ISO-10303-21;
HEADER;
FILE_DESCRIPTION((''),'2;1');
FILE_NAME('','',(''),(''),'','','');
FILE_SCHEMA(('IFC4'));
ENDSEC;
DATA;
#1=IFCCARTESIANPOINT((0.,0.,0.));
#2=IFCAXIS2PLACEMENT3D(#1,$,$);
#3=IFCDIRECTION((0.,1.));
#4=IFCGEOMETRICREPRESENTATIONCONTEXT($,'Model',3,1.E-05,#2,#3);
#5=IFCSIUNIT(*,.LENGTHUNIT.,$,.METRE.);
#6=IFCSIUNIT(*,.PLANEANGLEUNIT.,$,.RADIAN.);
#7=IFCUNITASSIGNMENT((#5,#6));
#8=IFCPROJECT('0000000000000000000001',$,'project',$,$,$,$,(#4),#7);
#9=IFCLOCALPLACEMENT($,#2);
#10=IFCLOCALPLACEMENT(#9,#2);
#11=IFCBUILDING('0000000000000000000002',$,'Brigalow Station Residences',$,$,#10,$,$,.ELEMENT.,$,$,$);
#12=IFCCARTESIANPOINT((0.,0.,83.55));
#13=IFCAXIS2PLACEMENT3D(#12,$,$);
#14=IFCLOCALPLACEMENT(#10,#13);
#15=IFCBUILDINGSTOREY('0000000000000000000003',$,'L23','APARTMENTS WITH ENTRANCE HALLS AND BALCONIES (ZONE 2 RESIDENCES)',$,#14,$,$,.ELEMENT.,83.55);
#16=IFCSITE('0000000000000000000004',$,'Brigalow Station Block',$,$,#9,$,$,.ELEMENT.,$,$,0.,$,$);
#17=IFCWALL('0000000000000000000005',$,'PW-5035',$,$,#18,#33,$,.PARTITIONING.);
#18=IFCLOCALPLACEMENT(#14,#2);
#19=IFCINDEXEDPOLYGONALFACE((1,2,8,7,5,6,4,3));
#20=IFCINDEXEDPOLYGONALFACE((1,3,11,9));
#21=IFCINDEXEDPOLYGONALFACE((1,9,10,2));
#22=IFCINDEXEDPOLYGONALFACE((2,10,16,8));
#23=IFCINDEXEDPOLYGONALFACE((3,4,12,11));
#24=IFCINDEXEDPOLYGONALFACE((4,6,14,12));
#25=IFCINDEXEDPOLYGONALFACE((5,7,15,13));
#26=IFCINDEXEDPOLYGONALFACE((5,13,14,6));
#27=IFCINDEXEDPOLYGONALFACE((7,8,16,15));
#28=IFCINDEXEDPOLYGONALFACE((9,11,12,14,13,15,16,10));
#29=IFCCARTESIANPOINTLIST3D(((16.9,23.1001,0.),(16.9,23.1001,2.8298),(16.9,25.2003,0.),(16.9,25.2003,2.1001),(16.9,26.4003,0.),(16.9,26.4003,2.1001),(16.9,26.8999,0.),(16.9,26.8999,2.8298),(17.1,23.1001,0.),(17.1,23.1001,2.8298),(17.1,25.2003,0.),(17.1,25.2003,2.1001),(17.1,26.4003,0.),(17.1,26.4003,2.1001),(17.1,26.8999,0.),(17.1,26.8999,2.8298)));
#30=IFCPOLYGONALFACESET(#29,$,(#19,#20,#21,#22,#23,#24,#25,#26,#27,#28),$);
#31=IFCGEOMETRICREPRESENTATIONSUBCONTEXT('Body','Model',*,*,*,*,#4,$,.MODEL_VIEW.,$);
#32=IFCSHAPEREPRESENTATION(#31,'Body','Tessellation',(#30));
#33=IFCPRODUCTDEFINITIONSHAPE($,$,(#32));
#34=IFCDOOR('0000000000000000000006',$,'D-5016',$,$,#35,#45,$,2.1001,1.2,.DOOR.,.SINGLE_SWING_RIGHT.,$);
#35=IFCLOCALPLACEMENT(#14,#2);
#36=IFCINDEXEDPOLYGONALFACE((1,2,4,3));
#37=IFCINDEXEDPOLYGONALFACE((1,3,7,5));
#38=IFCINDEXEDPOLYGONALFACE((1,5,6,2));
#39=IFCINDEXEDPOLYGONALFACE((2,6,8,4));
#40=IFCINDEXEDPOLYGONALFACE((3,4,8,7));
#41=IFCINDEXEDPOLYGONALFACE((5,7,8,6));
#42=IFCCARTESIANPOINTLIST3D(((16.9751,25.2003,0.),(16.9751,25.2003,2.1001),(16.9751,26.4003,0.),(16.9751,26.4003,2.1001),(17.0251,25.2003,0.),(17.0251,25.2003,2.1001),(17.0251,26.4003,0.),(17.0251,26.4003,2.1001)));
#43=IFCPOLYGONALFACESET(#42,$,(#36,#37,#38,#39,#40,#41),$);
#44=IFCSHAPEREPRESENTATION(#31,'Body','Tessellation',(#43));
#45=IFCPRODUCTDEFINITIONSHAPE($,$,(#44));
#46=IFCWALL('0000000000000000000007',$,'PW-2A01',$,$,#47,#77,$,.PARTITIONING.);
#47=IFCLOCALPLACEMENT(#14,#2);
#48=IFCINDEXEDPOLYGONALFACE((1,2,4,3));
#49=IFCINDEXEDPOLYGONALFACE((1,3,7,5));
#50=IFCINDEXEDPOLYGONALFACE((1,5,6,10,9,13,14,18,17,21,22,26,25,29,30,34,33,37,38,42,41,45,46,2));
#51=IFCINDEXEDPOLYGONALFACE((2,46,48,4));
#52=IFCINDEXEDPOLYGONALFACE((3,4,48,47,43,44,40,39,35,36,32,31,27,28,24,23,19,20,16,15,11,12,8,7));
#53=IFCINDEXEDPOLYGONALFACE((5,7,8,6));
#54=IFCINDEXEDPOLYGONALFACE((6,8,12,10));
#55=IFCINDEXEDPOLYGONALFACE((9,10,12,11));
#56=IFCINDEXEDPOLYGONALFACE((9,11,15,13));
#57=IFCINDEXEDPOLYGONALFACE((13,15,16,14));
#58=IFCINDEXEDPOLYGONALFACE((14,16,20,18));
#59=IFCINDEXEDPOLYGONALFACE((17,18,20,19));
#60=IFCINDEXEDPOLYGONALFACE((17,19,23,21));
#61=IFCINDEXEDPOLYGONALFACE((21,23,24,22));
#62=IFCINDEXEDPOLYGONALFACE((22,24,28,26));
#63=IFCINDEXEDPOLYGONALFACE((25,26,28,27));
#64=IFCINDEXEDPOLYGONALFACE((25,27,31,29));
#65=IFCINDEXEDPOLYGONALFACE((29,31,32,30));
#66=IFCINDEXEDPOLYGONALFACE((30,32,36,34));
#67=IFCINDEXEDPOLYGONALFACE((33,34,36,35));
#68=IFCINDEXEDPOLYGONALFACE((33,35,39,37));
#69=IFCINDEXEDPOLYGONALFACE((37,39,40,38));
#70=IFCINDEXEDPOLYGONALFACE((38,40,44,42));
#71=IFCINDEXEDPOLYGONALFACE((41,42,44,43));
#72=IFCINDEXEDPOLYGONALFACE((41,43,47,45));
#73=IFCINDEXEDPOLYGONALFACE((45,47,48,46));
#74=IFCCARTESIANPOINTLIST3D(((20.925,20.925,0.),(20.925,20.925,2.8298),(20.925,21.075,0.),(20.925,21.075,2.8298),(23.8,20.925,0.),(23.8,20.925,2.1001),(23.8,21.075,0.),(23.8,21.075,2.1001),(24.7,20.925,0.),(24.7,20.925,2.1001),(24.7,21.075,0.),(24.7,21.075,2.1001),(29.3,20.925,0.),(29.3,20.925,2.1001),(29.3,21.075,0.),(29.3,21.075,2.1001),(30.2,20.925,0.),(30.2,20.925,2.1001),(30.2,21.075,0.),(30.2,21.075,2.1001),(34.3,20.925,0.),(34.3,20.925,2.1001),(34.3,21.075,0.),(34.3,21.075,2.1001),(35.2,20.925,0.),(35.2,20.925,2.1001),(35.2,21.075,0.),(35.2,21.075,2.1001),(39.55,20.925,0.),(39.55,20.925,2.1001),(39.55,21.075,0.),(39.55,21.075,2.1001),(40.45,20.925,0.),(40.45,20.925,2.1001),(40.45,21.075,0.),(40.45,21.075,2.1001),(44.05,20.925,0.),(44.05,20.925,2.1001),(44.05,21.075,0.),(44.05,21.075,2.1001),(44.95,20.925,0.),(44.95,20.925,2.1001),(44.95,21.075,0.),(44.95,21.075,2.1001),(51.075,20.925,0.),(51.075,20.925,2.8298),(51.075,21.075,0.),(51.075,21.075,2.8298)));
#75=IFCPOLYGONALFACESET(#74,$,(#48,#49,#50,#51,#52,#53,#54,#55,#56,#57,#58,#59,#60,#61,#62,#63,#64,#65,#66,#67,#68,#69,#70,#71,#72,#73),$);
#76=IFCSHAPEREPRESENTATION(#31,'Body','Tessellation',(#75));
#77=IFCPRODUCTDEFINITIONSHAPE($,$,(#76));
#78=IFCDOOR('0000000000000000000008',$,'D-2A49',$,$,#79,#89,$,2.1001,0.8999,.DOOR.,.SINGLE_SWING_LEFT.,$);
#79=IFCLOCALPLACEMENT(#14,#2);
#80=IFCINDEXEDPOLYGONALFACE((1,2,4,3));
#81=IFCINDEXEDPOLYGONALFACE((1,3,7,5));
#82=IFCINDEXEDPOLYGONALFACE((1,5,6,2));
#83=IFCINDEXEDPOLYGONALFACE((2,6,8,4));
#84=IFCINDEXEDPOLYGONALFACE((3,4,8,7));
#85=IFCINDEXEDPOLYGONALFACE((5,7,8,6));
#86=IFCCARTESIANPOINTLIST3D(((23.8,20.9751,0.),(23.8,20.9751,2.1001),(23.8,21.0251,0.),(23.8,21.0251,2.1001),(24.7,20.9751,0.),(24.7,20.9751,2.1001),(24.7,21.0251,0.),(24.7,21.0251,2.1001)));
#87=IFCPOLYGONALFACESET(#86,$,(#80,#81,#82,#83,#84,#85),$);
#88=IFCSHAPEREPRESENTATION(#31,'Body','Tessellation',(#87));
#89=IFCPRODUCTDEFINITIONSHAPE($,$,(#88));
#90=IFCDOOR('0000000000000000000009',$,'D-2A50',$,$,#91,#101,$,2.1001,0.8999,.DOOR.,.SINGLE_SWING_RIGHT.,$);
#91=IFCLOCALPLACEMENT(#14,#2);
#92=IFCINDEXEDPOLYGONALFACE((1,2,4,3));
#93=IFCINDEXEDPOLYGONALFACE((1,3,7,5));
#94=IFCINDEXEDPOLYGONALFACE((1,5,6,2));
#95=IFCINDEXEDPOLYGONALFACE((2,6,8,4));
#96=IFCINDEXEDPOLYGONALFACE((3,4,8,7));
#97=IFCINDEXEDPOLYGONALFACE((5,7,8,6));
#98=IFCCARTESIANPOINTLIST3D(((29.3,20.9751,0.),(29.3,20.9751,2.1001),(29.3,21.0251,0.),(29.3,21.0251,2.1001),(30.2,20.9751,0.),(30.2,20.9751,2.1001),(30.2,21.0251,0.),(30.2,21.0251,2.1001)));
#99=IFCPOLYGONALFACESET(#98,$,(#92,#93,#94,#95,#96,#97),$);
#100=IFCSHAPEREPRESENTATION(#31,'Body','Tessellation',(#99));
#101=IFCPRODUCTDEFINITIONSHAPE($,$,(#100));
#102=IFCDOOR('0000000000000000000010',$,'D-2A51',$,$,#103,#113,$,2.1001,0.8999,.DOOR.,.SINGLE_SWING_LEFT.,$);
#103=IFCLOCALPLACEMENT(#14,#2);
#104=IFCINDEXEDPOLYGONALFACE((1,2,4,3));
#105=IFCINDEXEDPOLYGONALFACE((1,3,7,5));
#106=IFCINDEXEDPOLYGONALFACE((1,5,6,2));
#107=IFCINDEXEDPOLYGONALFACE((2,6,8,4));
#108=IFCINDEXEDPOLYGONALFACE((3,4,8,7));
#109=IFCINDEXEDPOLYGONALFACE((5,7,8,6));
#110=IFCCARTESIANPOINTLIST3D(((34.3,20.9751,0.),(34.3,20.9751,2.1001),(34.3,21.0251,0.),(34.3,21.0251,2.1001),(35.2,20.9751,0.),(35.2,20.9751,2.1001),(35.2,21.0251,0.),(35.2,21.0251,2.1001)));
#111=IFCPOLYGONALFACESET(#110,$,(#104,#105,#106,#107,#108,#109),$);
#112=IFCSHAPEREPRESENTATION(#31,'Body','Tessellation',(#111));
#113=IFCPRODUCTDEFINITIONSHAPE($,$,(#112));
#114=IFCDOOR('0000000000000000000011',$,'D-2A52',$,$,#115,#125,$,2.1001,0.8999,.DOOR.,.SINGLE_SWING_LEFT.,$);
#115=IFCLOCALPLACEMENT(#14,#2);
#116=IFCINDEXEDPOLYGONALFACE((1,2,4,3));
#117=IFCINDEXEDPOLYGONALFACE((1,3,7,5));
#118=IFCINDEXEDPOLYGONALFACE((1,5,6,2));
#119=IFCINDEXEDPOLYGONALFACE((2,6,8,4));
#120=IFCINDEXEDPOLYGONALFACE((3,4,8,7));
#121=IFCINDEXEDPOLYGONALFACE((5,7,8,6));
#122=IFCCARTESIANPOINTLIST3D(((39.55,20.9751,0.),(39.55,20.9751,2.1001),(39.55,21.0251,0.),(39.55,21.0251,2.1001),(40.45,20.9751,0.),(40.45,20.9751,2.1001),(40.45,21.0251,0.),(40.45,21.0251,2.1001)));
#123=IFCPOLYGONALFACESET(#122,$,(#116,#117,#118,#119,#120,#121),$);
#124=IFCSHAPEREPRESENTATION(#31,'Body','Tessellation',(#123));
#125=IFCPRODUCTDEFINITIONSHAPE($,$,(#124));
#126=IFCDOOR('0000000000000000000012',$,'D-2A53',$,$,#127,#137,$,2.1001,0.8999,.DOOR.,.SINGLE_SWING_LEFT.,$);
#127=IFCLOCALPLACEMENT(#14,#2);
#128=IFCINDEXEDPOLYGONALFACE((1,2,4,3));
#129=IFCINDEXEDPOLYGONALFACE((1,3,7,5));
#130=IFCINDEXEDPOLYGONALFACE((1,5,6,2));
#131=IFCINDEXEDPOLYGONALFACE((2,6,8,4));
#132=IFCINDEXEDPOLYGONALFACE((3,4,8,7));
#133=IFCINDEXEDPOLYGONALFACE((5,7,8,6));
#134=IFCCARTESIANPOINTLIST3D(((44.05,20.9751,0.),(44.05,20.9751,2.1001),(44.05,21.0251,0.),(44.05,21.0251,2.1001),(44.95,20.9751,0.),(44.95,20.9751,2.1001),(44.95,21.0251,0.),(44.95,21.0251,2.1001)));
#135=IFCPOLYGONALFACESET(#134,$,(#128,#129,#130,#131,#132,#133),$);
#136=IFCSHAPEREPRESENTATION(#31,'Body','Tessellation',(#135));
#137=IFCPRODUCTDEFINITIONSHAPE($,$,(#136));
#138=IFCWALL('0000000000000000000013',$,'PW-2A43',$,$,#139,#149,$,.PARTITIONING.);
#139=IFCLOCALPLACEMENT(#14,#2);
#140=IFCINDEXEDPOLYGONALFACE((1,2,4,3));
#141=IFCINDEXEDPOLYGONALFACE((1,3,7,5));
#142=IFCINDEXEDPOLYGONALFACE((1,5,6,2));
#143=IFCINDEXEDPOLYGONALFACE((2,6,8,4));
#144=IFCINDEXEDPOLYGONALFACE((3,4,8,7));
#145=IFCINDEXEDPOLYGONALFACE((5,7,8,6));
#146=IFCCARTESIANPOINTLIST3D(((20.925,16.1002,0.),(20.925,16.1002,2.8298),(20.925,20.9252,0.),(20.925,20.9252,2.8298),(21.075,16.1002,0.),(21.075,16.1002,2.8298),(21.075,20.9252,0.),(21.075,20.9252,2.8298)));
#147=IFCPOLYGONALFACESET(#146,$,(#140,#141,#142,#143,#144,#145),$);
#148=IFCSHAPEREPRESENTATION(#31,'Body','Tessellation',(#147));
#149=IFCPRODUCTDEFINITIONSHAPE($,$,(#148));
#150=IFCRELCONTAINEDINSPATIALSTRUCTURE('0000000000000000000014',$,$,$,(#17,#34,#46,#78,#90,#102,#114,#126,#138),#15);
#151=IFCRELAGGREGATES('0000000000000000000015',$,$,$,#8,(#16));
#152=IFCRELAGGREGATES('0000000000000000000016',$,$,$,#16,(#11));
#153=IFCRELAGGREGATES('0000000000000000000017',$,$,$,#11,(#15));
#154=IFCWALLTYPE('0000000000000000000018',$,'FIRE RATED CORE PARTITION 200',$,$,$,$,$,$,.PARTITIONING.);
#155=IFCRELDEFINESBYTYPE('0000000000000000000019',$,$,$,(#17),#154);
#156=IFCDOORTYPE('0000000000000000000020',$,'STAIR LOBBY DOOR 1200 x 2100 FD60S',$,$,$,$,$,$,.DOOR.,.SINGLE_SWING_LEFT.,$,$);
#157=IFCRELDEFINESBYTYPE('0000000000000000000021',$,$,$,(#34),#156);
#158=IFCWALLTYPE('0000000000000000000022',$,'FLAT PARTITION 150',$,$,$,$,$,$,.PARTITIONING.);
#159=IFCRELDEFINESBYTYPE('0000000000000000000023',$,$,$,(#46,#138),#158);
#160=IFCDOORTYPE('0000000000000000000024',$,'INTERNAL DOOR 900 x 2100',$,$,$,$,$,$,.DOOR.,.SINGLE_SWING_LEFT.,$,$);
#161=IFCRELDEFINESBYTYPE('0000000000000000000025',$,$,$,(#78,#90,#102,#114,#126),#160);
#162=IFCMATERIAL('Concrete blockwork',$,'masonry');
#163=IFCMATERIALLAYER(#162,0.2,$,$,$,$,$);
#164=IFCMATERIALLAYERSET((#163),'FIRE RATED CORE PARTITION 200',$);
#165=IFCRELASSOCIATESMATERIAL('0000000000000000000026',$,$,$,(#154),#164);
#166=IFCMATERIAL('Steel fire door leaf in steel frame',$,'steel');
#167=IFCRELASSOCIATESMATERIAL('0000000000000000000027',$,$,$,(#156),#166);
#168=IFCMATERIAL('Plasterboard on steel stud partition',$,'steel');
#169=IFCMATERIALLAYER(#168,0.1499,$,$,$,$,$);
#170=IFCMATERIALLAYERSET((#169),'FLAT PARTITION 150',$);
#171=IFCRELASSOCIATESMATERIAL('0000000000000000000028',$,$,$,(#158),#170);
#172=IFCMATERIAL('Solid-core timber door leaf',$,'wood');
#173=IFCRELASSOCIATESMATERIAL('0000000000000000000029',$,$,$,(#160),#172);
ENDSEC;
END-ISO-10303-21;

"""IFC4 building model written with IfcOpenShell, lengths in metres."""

from ifc_helpers import new_model, si_unit, direction, frame, frame_2d, origin, place, context, subcontext, project, spatial, rectangle, extrude, material, layer, layer_set, type_object, element, fill, save


model = new_model("IFC4")

# Units and contexts
model_context = context("Model", 3, precision=1e-05, world=origin(), true_north=direction((0.0, 1.0)))
body_context = subcontext(model_context, "Body", "Model", "MODEL_VIEW")
ifc_project = project(units=[si_unit("LENGTHUNIT", "METRE"), si_unit("PLANEANGLEUNIT", "RADIAN")], contexts=[model_context])

# Site, building, storey
site_placement = place(None, origin())
site = spatial("IfcSite", under=ifc_project, at=site_placement, Name="Brigalow Station Block", CompositionType="ELEMENT", RefElevation=0.0)
building_placement = place(site_placement, origin())
building = spatial("IfcBuilding", under=site, at=building_placement, Name="Brigalow Station Residences", CompositionType="ELEMENT")
storey_placement = place(building_placement, frame((0.0, 0.0, 83.55)))
storey = spatial("IfcBuildingStorey", under=building, at=storey_placement, Name="L23", Description="APARTMENTS WITH ENTRANCE HALLS AND BALCONIES (ZONE 2 RESIDENCES)", CompositionType="ELEMENT", Elevation=83.55)

# Shared definitions
ifc_material_1 = material(Name="Concrete blockwork", Category="masonry")
ifc_layer_1 = layer(ifc_material_1, 0.2)
ifc_layer_set_1 = layer_set([ifc_layer_1], Name="FIRE RATED CORE PARTITION 200")
wall_type_1 = type_object("IfcWallType", Name="FIRE RATED CORE PARTITION 200", PredefinedType="PARTITIONING", material=ifc_layer_set_1)

# Wall, opening, door
wall_1_placement = place(storey_placement, frame((17.0, 23.1001, 0.0), z_axis=(0.0, 0.0, 1.0), x_axis=(0.0, 1.0, 0.0)))
wall_1 = element("IfcWall", 1, at=wall_1_placement, inside=storey, type_object=wall_type_1, Name="PW-5035", PredefinedType="PARTITIONING", context=body_context, shape_type="SweptSolid", body=[
    extrude(rectangle(XDim=3.7998, YDim=0.2, at=frame_2d((1.8999, 0.0))), origin(), (0.0, 0.0, 1.0), 2.8298),
])
opening_1_placement = place(wall_1_placement, frame((2.1001, 0.0, 0.0)))
opening_1 = element("IfcOpeningElement", 2, at=opening_1_placement, cuts=wall_1, PredefinedType="OPENING", context=body_context, shape_type="SweptSolid", body=[
    extrude(rectangle(XDim=1.2, YDim=2.1001, at=frame_2d((0.6001, 1.05))), frame((0.0, 0.1099, 0.0), z_axis=(0.0, -1.0, 0.0), x_axis=(1.0, 0.0, 0.0)), (0.0, 0.0, 1.0), 0.22),
])
ifc_material_2 = material(Name="Steel fire door leaf in steel frame", Category="steel")
door_type_1 = type_object("IfcDoorType", Name="STAIR LOBBY DOOR 1200 x 2100 FD60S", OperationType="SINGLE_SWING_LEFT", PredefinedType="DOOR", material=ifc_material_2)
door_1_placement = place(opening_1_placement, origin())
door_1 = element("IfcDoor", 3, at=door_1_placement, inside=storey, type_object=door_type_1, Name="D-5016", OperationType="SINGLE_SWING_RIGHT", OverallHeight=2.1001, OverallWidth=1.2, PredefinedType="DOOR", context=body_context, shape_type="SweptSolid", body=[
    extrude(rectangle(XDim=1.2, YDim=2.1001, at=frame_2d((0.6001, 1.05))), frame((0.0, 0.0249, 0.0), z_axis=(0.0, -1.0, 0.0), x_axis=(1.0, 0.0, 0.0)), (0.0, 0.0, 1.0), 0.05),
])
fill(opening_1, door_1)

# Wall, openings, doors
ifc_material_3 = material(Name="Plasterboard on steel stud partition", Category="steel")
ifc_layer_2 = layer(ifc_material_3, 0.1499)
ifc_layer_set_2 = layer_set([ifc_layer_2], Name="FLAT PARTITION 150")
wall_type_2 = type_object("IfcWallType", Name="FLAT PARTITION 150", PredefinedType="PARTITIONING", material=ifc_layer_set_2)
wall_2_placement = place(storey_placement, frame((20.925, 21.0, 0.0), z_axis=(0.0, 0.0, 1.0), x_axis=(1.0, 0.0, 0.0)))
wall_2 = element("IfcWall", 4, at=wall_2_placement, inside=storey, type_object=wall_type_2, Name="PW-2A01", PredefinedType="PARTITIONING", context=body_context, shape_type="SweptSolid", body=[
    extrude(rectangle(XDim=30.1499, YDim=0.1499, at=frame_2d((15.075, 0.0))), origin(), (0.0, 0.0, 1.0), 2.8298),
])
opening_2_placement = place(wall_2_placement, frame((2.875, 0.0, 0.0)))
opening_2 = element("IfcOpeningElement", 5, at=opening_2_placement, cuts=wall_2, PredefinedType="OPENING", context=body_context, shape_type="SweptSolid", body=[
    extrude(rectangle(XDim=0.8999, YDim=2.1001, at=frame_2d((0.45, 1.05))), frame((0.0, 0.085, 0.0), z_axis=(0.0, -1.0, 0.0), x_axis=(1.0, 0.0, 0.0)), (0.0, 0.0, 1.0), 0.1699),
])
opening_3_placement = place(wall_2_placement, frame((8.375, 0.0, 0.0)))
opening_3 = element("IfcOpeningElement", 6, at=opening_3_placement, cuts=wall_2, PredefinedType="OPENING", context=body_context, shape_type="SweptSolid", body=[
    extrude(rectangle(XDim=0.8999, YDim=2.1001, at=frame_2d((0.45, 1.05))), frame((0.0, 0.085, 0.0), z_axis=(0.0, -1.0, 0.0), x_axis=(1.0, 0.0, 0.0)), (0.0, 0.0, 1.0), 0.1699),
])
opening_4_placement = place(wall_2_placement, frame((13.375, 0.0, 0.0)))
opening_4 = element("IfcOpeningElement", 7, at=opening_4_placement, cuts=wall_2, PredefinedType="OPENING", context=body_context, shape_type="SweptSolid", body=[
    extrude(rectangle(XDim=0.8999, YDim=2.1001, at=frame_2d((0.45, 1.05))), frame((0.0, 0.085, 0.0), z_axis=(0.0, -1.0, 0.0), x_axis=(1.0, 0.0, 0.0)), (0.0, 0.0, 1.0), 0.1699),
])
opening_5_placement = place(wall_2_placement, frame((18.625, 0.0, 0.0)))
opening_5 = element("IfcOpeningElement", 8, at=opening_5_placement, cuts=wall_2, PredefinedType="OPENING", context=body_context, shape_type="SweptSolid", body=[
    extrude(rectangle(XDim=0.8999, YDim=2.1001, at=frame_2d((0.45, 1.05))), frame((0.0, 0.085, 0.0), z_axis=(0.0, -1.0, 0.0), x_axis=(1.0, 0.0, 0.0)), (0.0, 0.0, 1.0), 0.1699),
])
opening_6_placement = place(wall_2_placement, frame((23.125, 0.0, 0.0)))
opening_6 = element("IfcOpeningElement", 9, at=opening_6_placement, cuts=wall_2, PredefinedType="OPENING", context=body_context, shape_type="SweptSolid", body=[
    extrude(rectangle(XDim=0.8999, YDim=2.1001, at=frame_2d((0.45, 1.05))), frame((0.0, 0.085, 0.0), z_axis=(0.0, -1.0, 0.0), x_axis=(1.0, 0.0, 0.0)), (0.0, 0.0, 1.0), 0.1699),
])
ifc_material_4 = material(Name="Solid-core timber door leaf", Category="wood")
door_type_2 = type_object("IfcDoorType", Name="INTERNAL DOOR 900 x 2100", OperationType="SINGLE_SWING_LEFT", PredefinedType="DOOR", material=ifc_material_4)
door_2_placement = place(opening_2_placement, frame((0.8999, 0.0, 0.0), z_axis=(0.0, 0.0, 1.0), x_axis=(-1.0, 0.0, 0.0)))
door_2 = element("IfcDoor", 10, at=door_2_placement, inside=storey, type_object=door_type_2, Name="D-2A49", OperationType="SINGLE_SWING_LEFT", OverallHeight=2.1001, OverallWidth=0.8999, PredefinedType="DOOR", context=body_context, shape_type="SweptSolid", body=[
    extrude(rectangle(XDim=0.8999, YDim=2.1001, at=frame_2d((0.45, 1.05))), frame((0.0, 0.0249, 0.0), z_axis=(0.0, -1.0, 0.0), x_axis=(1.0, 0.0, 0.0)), (0.0, 0.0, 1.0), 0.05),
])
fill(opening_2, door_2)
door_3_placement = place(opening_3_placement, frame((0.8999, 0.0, 0.0), z_axis=(0.0, 0.0, 1.0), x_axis=(-1.0, 0.0, 0.0)))
door_3 = element("IfcDoor", 11, at=door_3_placement, inside=storey, type_object=door_type_2, Name="D-2A50", OperationType="SINGLE_SWING_RIGHT", OverallHeight=2.1001, OverallWidth=0.8999, PredefinedType="DOOR", context=body_context, shape_type="SweptSolid", body=[
    extrude(rectangle(XDim=0.8999, YDim=2.1001, at=frame_2d((0.45, 1.05))), frame((0.0, 0.0249, 0.0), z_axis=(0.0, -1.0, 0.0), x_axis=(1.0, 0.0, 0.0)), (0.0, 0.0, 1.0), 0.05),
])
fill(opening_3, door_3)
door_4_placement = place(opening_4_placement, frame((0.8999, 0.0, 0.0), z_axis=(0.0, 0.0, 1.0), x_axis=(-1.0, 0.0, 0.0)))
door_4 = element("IfcDoor", 12, at=door_4_placement, inside=storey, type_object=door_type_2, Name="D-2A51", OperationType="SINGLE_SWING_LEFT", OverallHeight=2.1001, OverallWidth=0.8999, PredefinedType="DOOR", context=body_context, shape_type="SweptSolid", body=[
    extrude(rectangle(XDim=0.8999, YDim=2.1001, at=frame_2d((0.45, 1.05))), frame((0.0, 0.0249, 0.0), z_axis=(0.0, -1.0, 0.0), x_axis=(1.0, 0.0, 0.0)), (0.0, 0.0, 1.0), 0.05),
])
fill(opening_4, door_4)
door_5_placement = place(opening_5_placement, frame((0.8999, 0.0, 0.0), z_axis=(0.0, 0.0, 1.0), x_axis=(-1.0, 0.0, 0.0)))
door_5 = element("IfcDoor", 13, at=door_5_placement, inside=storey, type_object=door_type_2, Name="D-2A52", OperationType="SINGLE_SWING_LEFT", OverallHeight=2.1001, OverallWidth=0.8999, PredefinedType="DOOR", context=body_context, shape_type="SweptSolid", body=[
    extrude(rectangle(XDim=0.8999, YDim=2.1001, at=frame_2d((0.45, 1.05))), frame((0.0, 0.0249, 0.0), z_axis=(0.0, -1.0, 0.0), x_axis=(1.0, 0.0, 0.0)), (0.0, 0.0, 1.0), 0.05),
])
fill(opening_5, door_5)
door_6_placement = place(opening_6_placement, frame((0.8999, 0.0, 0.0), z_axis=(0.0, 0.0, 1.0), x_axis=(-1.0, 0.0, 0.0)))
door_6 = element("IfcDoor", 14, at=door_6_placement, inside=storey, type_object=door_type_2, Name="D-2A53", OperationType="SINGLE_SWING_LEFT", OverallHeight=2.1001, OverallWidth=0.8999, PredefinedType="DOOR", context=body_context, shape_type="SweptSolid", body=[
    extrude(rectangle(XDim=0.8999, YDim=2.1001, at=frame_2d((0.45, 1.05))), frame((0.0, 0.0249, 0.0), z_axis=(0.0, -1.0, 0.0), x_axis=(1.0, 0.0, 0.0)), (0.0, 0.0, 1.0), 0.05),
])
fill(opening_6, door_6)

# Wall
wall_3_placement = place(storey_placement, frame((21.0, 16.1001, 0.0), z_axis=(0.0, 0.0, 1.0), x_axis=(0.0, 1.0, 0.0)))
element("IfcWall", 15, at=wall_3_placement, inside=storey, type_object=wall_type_2, Name="PW-2A43", PredefinedType="PARTITIONING", context=body_context, shape_type="SweptSolid", body=[
    extrude(rectangle(XDim=4.825, YDim=0.1499, at=frame_2d((2.4126, 0.0))), origin(), (0.0, 0.0, 1.0), 2.8298),
])

save(model, "model.ifc")
